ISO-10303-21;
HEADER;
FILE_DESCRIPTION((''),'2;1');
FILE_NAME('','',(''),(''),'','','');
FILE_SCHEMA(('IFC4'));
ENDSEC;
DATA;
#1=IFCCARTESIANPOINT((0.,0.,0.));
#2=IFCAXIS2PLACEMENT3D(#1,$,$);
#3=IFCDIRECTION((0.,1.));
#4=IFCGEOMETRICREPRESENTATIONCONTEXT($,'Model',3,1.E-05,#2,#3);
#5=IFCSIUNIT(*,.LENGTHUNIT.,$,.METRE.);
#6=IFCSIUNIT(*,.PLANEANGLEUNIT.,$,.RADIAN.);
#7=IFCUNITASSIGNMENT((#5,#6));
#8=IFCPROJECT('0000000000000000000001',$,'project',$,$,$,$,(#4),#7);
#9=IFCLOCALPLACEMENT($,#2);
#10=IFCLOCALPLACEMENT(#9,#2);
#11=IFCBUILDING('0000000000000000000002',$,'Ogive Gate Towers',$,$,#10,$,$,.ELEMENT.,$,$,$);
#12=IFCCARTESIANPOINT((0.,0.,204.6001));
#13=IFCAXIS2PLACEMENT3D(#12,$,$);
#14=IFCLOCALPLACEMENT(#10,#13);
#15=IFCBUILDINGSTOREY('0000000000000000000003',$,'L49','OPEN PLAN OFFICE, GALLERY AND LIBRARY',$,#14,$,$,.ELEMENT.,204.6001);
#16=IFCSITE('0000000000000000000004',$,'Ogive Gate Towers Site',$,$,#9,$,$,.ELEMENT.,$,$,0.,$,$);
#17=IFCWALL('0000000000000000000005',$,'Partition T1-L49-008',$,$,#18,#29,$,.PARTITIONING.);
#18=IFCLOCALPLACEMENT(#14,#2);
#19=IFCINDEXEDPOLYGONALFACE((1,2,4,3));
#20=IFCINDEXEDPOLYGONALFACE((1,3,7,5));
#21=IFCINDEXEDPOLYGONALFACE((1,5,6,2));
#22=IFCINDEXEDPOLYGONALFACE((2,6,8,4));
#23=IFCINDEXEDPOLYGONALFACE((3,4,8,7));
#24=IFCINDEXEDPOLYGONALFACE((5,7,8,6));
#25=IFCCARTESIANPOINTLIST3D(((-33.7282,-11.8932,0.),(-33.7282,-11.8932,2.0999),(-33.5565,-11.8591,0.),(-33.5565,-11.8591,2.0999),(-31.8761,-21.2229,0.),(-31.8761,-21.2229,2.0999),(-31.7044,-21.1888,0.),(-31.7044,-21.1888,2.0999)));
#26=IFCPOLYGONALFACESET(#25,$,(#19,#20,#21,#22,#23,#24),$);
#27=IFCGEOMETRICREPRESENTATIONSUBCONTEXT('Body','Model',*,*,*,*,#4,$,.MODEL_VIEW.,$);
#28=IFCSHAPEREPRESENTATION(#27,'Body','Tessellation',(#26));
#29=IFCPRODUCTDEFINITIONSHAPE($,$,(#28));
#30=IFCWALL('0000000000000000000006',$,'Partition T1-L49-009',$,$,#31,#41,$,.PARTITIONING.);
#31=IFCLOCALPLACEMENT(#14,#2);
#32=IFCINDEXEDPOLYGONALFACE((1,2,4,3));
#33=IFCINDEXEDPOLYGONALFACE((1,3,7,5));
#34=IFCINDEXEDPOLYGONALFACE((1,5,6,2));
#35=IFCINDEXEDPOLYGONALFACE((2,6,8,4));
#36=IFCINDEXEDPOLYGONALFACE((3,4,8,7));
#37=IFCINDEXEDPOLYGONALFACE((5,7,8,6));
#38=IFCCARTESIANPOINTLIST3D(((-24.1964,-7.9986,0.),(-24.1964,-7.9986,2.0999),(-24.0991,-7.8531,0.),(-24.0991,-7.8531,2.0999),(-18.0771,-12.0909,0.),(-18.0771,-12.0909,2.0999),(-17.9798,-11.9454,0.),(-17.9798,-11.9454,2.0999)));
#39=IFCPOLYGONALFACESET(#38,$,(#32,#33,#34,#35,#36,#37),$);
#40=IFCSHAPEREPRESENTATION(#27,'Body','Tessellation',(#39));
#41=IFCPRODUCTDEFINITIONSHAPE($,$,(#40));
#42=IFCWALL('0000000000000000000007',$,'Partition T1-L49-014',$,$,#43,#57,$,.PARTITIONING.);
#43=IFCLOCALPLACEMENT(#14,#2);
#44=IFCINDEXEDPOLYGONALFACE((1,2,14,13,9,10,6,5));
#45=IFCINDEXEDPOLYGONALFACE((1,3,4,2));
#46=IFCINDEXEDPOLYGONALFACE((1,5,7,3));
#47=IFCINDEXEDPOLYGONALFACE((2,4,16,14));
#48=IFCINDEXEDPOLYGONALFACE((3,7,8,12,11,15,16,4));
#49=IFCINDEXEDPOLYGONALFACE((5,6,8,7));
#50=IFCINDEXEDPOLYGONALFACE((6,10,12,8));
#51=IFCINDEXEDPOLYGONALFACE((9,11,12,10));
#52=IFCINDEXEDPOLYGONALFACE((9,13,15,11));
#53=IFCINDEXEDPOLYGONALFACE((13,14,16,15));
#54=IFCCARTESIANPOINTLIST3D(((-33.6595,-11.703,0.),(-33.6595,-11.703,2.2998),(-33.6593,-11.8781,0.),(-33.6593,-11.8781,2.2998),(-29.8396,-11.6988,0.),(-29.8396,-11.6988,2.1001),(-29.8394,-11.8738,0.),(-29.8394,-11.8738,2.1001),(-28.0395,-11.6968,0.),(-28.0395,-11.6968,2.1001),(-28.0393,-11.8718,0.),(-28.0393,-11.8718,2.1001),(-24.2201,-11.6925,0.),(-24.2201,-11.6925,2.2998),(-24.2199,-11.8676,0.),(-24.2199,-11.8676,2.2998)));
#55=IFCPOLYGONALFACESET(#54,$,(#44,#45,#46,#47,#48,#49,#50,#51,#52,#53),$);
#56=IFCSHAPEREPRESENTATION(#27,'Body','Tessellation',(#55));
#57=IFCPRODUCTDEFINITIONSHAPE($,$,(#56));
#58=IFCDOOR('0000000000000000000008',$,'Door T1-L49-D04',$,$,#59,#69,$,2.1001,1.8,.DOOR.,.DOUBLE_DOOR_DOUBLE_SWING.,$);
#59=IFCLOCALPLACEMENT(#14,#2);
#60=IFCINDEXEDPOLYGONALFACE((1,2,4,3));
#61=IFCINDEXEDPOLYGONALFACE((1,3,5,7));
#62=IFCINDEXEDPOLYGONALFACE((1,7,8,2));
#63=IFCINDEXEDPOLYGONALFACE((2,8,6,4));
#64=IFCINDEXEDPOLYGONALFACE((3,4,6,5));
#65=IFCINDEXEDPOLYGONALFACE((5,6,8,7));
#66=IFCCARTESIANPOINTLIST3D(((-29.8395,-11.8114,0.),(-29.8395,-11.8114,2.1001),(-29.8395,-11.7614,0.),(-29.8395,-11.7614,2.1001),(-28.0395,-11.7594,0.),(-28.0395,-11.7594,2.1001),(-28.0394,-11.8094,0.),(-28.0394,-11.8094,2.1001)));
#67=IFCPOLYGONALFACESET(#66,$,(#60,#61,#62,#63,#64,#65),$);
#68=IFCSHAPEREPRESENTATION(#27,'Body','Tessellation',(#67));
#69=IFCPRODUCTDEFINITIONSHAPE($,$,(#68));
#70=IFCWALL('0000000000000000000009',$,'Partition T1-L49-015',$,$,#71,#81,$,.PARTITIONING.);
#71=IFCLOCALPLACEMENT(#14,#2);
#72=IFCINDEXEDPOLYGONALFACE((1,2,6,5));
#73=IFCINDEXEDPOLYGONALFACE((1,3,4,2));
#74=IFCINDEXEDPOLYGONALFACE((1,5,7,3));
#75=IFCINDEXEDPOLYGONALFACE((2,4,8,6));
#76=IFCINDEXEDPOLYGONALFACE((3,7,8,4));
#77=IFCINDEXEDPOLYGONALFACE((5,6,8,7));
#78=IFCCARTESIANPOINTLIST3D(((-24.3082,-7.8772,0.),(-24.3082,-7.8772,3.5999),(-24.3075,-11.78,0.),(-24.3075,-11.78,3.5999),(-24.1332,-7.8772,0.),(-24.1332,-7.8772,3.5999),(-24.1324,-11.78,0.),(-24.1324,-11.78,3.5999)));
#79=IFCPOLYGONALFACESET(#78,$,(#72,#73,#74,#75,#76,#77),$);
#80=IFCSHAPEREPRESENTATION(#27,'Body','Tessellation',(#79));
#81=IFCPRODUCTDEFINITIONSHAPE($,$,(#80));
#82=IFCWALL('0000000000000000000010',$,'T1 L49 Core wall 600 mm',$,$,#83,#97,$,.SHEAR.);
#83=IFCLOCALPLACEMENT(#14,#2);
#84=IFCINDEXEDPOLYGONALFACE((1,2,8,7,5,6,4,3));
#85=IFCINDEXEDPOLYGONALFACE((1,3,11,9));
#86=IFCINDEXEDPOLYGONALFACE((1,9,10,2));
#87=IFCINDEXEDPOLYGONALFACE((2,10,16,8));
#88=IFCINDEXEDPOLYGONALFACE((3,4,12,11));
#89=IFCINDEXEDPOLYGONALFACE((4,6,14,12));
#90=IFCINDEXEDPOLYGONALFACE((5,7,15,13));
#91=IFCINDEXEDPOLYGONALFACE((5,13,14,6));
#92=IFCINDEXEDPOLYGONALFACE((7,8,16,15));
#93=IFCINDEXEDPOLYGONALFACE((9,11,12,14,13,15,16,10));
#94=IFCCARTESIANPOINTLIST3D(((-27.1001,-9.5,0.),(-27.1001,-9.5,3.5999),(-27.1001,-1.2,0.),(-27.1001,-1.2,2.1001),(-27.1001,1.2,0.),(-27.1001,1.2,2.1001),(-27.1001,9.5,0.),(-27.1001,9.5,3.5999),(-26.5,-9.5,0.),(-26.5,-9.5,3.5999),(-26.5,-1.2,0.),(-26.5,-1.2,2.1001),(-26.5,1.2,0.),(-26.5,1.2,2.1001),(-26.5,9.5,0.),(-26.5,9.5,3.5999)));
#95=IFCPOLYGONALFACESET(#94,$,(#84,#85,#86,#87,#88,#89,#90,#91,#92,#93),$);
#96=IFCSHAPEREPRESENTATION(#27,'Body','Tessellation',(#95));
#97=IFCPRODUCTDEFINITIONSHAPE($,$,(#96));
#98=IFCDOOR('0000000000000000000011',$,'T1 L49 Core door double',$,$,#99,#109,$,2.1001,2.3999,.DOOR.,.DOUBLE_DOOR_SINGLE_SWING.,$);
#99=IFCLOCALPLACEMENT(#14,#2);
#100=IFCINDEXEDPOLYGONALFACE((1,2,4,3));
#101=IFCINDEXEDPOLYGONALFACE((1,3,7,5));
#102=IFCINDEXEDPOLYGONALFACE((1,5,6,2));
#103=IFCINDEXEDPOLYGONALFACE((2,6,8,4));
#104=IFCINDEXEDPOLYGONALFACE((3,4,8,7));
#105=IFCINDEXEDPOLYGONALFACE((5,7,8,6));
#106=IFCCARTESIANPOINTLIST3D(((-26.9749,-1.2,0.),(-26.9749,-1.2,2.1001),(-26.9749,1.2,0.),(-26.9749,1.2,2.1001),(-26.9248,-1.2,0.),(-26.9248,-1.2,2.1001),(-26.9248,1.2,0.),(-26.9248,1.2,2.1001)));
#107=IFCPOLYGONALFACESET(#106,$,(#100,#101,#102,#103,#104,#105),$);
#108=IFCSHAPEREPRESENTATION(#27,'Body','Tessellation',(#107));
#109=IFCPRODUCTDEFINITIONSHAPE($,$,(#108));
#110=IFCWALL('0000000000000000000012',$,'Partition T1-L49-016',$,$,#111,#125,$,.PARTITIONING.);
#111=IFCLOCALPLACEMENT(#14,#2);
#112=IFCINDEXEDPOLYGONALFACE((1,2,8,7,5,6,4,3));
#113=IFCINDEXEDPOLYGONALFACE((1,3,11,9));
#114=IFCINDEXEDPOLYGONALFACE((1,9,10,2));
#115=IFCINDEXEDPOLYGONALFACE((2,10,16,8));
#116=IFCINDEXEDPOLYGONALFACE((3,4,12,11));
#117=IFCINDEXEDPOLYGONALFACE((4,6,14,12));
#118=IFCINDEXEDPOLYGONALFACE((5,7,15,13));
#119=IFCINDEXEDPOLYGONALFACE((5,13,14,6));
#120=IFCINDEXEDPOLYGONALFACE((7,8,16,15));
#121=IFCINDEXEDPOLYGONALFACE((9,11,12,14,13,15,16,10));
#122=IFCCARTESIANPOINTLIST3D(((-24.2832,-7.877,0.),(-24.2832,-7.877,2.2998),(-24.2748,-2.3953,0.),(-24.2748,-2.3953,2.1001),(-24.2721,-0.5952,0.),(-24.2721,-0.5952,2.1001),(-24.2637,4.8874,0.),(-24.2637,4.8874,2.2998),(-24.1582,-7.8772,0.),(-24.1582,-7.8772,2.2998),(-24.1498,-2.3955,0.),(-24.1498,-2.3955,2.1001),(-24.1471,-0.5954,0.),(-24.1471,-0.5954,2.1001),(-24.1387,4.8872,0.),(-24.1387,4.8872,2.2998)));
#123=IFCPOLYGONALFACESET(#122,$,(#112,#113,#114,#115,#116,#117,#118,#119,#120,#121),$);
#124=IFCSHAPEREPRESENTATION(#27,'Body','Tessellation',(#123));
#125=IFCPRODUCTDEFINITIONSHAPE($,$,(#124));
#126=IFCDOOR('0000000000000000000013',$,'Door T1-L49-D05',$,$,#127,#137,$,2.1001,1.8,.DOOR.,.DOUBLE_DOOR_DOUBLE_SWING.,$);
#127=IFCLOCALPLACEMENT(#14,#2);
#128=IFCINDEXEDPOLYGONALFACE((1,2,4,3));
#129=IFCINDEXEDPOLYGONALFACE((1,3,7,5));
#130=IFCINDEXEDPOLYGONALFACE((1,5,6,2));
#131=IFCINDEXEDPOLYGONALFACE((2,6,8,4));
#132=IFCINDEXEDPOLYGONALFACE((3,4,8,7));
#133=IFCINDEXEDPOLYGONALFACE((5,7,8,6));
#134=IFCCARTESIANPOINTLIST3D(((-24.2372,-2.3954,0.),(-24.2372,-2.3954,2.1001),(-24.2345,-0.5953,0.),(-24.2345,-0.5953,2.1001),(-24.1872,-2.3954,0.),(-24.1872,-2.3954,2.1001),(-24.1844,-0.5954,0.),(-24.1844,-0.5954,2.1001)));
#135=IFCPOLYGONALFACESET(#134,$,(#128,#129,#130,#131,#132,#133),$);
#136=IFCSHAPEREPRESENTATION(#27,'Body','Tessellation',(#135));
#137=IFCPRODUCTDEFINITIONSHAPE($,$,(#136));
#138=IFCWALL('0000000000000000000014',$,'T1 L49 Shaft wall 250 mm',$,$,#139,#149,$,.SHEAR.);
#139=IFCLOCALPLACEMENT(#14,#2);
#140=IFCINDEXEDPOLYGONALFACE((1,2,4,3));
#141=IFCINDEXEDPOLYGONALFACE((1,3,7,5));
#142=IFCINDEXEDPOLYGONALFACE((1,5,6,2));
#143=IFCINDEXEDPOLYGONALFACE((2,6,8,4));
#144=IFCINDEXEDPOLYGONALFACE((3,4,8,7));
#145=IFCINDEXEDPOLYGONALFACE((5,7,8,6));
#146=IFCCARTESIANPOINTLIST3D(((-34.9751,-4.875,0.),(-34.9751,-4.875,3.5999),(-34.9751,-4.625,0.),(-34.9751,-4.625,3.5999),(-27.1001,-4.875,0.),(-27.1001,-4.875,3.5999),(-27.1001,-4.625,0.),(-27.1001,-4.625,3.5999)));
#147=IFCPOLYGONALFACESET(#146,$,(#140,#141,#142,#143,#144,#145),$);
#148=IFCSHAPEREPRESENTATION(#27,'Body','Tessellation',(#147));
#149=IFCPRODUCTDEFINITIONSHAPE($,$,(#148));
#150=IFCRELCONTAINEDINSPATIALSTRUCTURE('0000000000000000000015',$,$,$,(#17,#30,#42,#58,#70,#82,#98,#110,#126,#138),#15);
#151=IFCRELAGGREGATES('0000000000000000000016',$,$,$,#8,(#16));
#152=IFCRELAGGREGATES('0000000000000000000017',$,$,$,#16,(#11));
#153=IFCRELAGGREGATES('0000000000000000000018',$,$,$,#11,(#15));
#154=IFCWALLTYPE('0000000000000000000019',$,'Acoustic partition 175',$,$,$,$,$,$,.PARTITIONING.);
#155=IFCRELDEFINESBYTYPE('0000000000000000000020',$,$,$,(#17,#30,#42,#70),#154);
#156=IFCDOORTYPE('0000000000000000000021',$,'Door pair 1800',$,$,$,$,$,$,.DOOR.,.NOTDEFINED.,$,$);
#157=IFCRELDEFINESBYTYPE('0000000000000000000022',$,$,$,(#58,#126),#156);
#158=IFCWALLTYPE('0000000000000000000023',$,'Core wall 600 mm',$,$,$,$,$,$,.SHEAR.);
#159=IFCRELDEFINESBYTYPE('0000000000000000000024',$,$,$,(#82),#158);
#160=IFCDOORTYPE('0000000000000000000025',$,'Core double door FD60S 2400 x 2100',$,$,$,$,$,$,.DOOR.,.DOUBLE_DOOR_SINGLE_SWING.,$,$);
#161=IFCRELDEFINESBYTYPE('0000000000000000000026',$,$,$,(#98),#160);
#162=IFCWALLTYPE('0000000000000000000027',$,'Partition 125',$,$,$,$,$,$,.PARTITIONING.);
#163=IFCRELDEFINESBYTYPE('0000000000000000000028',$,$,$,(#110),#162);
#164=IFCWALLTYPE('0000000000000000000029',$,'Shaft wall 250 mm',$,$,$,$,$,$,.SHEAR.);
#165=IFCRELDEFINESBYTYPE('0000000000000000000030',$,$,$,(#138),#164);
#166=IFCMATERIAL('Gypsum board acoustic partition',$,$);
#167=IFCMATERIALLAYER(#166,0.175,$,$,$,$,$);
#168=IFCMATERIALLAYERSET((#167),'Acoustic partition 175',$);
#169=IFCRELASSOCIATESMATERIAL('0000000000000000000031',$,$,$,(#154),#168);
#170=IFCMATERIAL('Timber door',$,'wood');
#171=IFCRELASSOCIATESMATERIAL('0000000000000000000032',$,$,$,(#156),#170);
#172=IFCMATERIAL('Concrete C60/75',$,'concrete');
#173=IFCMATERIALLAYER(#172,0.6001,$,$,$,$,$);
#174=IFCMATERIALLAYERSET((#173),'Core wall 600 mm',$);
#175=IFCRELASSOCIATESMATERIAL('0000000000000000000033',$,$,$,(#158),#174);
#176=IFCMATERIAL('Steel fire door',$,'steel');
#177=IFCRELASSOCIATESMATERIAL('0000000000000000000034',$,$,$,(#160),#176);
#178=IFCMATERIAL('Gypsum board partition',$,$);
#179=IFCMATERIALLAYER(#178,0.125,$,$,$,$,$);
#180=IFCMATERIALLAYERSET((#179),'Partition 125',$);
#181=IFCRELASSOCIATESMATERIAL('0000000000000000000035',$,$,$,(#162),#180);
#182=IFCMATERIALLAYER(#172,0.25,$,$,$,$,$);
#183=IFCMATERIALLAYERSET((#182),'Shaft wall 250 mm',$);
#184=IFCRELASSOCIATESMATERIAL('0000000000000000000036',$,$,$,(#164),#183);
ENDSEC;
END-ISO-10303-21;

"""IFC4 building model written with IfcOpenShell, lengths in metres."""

from ifc_helpers import new_model, si_unit, direction, frame, frame_2d, origin, place, context, subcontext, project, spatial, rectangle, extrude, material, layer, layer_set, type_object, element, fill, save


model = new_model("IFC4")

# Units and contexts
model_context = context("Model", 3, precision=1e-05, world=origin(), true_north=direction((0.0, 1.0)))
body_context = subcontext(model_context, "Body", "Model", "MODEL_VIEW")
ifc_project = project(units=[si_unit("LENGTHUNIT", "METRE"), si_unit("PLANEANGLEUNIT", "RADIAN")], contexts=[model_context])

# Site, building, storey
site_placement = place(None, origin())
site = spatial("IfcSite", under=ifc_project, at=site_placement, Name="Ogive Gate Towers Site", CompositionType="ELEMENT", RefElevation=0.0)
building_placement = place(site_placement, origin())
building = spatial("IfcBuilding", under=site, at=building_placement, Name="Ogive Gate Towers", CompositionType="ELEMENT")
storey_placement = place(building_placement, frame((0.0, 0.0, 204.6001)))
storey = spatial("IfcBuildingStorey", under=building, at=storey_placement, Name="L49", Description="OPEN PLAN OFFICE, GALLERY AND LIBRARY", CompositionType="ELEMENT", Elevation=204.6001)

# Walls
ifc_material_1 = material(Name="Gypsum board acoustic partition")
ifc_layer_1 = layer(ifc_material_1, 0.175)
ifc_layer_set_1 = layer_set([ifc_layer_1], Name="Acoustic partition 175")
wall_type_1 = type_object("IfcWallType", Name="Acoustic partition 175", PredefinedType="PARTITIONING", material=ifc_layer_set_1)
wall_1_placement = place(storey_placement, frame((-31.7903, -21.2058, 0.0), z_axis=(0.0, 0.0, 1.0), x_axis=(-0.194714, 0.98086, 0.0)))
element("IfcWall", 1, at=wall_1_placement, inside=storey, type_object=wall_type_1, Name="Partition T1-L49-008", PredefinedType="PARTITIONING", context=body_context, shape_type="SweptSolid", body=[
    extrude(rectangle(XDim=9.5117, YDim=0.175, at=frame_2d((4.7559, 0.0))), origin(), (0.0, 0.0, 1.0), 2.0999),
])
wall_2_placement = place(storey_placement, frame((-18.0286, -12.0181, 0.0), z_axis=(0.0, 0.0, 1.0), x_axis=(-0.831254, 0.555894, 0.0)))
element("IfcWall", 2, at=wall_2_placement, inside=storey, type_object=wall_type_1, Name="Partition T1-L49-009", PredefinedType="PARTITIONING", context=body_context, shape_type="SweptSolid", body=[
    extrude(rectangle(XDim=7.3616, YDim=0.175, at=frame_2d((3.6807, 0.0))), origin(), (0.0, 0.0, 1.0), 2.0999),
])

# Wall, opening, door
wall_3_placement = place(storey_placement, frame((-33.6594, -11.7905, 0.0), z_axis=(0.0, 0.0, 1.0), x_axis=(0.999999, 0.001112, 0.0)))
wall_3 = element("IfcWall", 3, at=wall_3_placement, inside=storey, type_object=wall_type_1, Name="Partition T1-L49-014", PredefinedType="PARTITIONING", context=body_context, shape_type="SweptSolid", body=[
    extrude(rectangle(XDim=9.4395, YDim=0.175, at=frame_2d((4.7197, 0.0))), origin(), (0.0, 0.0, 1.0), 2.2998),
])
opening_1_placement = place(wall_3_placement, frame((3.8201, 0.0, 0.0)))
opening_1 = element("IfcOpeningElement", 4, at=opening_1_placement, cuts=wall_3, PredefinedType="OPENING", context=body_context, shape_type="SweptSolid", body=[
    extrude(rectangle(XDim=1.8, YDim=2.1001, at=frame_2d((0.8999, 1.05))), frame((0.0, 0.0977, 0.0), z_axis=(0.0, -1.0, 0.0), x_axis=(1.0, 0.0, 0.0)), (0.0, 0.0, 1.0), 0.1951),
])
ifc_material_2 = material(Name="Timber door", Category="wood")
door_type_1 = type_object("IfcDoorType", Name="Door pair 1800", OperationType="NOTDEFINED", PredefinedType="DOOR", material=ifc_material_2)
door_1_placement = place(opening_1_placement, origin())
door_1 = element("IfcDoor", 5, at=door_1_placement, inside=storey, type_object=door_type_1, Name="Door T1-L49-D04", OperationType="DOUBLE_DOOR_DOUBLE_SWING", OverallHeight=2.1001, OverallWidth=1.8, PredefinedType="DOOR", context=body_context, shape_type="SweptSolid", body=[
    extrude(rectangle(XDim=1.8, YDim=2.1001, at=frame_2d((0.8999, 1.05))), frame((0.0, 0.0249, 0.0), z_axis=(0.0, -1.0, 0.0), x_axis=(1.0, 0.0, 0.0)), (0.0, 0.0, 1.0), 0.05),
])
fill(opening_1, door_1)

# Wall
wall_4_placement = place(storey_placement, frame((-24.22, -11.78, 0.0), z_axis=(0.0, 0.0, 1.0), x_axis=(-0.000188, 1.0, 0.0)))
element("IfcWall", 6, at=wall_4_placement, inside=storey, type_object=wall_type_1, Name="Partition T1-L49-015", PredefinedType="PARTITIONING", context=body_context, shape_type="SweptSolid", body=[
    extrude(rectangle(XDim=3.9028, YDim=0.175, at=frame_2d((1.9514, 0.0))), origin(), (0.0, 0.0, 1.0), 3.5999),
])

# Walls, openings, doors
ifc_material_3 = material(Name="Concrete C60/75", Category="concrete")
ifc_layer_2 = layer(ifc_material_3, 0.6001)
ifc_layer_set_2 = layer_set([ifc_layer_2], Name="Core wall 600 mm")
wall_type_2 = type_object("IfcWallType", Name="Core wall 600 mm", PredefinedType="SHEAR", material=ifc_layer_set_2)
wall_5_placement = place(storey_placement, frame((-26.8, -9.5, 0.0), z_axis=(0.0, 0.0, 1.0), x_axis=(0.0, 1.0, 0.0)))
wall_5 = element("IfcWall", 7, at=wall_5_placement, inside=storey, type_object=wall_type_2, Name="T1 L49 Core wall 600 mm", PredefinedType="SHEAR", context=body_context, shape_type="SweptSolid", body=[
    extrude(rectangle(XDim=19.0, YDim=0.6001, at=frame_2d((9.5, 0.0))), origin(), (0.0, 0.0, 1.0), 3.5999),
])
opening_2_placement = place(wall_5_placement, frame((8.3, 0.0, 0.0)))
opening_2 = element("IfcOpeningElement", 8, at=opening_2_placement, cuts=wall_5, PredefinedType="OPENING", context=body_context, shape_type="SweptSolid", body=[
    extrude(rectangle(XDim=2.3999, YDim=2.1001, at=frame_2d((1.2, 1.05))), frame((0.0, 0.3101, 0.0), z_axis=(0.0, -1.0, 0.0), x_axis=(1.0, 0.0, 0.0)), (0.0, 0.0, 1.0), 0.6201),
])
ifc_material_4 = material(Name="Steel fire door", Category="steel")
door_type_2 = type_object("IfcDoorType", Name="Core double door FD60S 2400 x 2100", OperationType="DOUBLE_DOOR_SINGLE_SWING", PredefinedType="DOOR", material=ifc_material_4)
door_2_placement = place(opening_2_placement, origin())
door_2 = element("IfcDoor", 9, at=door_2_placement, inside=storey, type_object=door_type_2, Name="T1 L49 Core door double", OperationType="DOUBLE_DOOR_SINGLE_SWING", OverallHeight=2.1001, OverallWidth=2.3999, PredefinedType="DOOR", context=body_context, shape_type="SweptSolid", body=[
    extrude(rectangle(XDim=2.3999, YDim=2.1001, at=frame_2d((1.2, 1.05))), frame((0.0, 0.1748, 0.0), z_axis=(0.0, -1.0, 0.0), x_axis=(1.0, 0.0, 0.0)), (0.0, 0.0, 1.0), 0.05),
])
fill(opening_2, door_2)
ifc_material_5 = material(Name="Gypsum board partition")
ifc_layer_3 = layer(ifc_material_5, 0.125)
ifc_layer_set_3 = layer_set([ifc_layer_3], Name="Partition 125")
wall_type_3 = type_object("IfcWallType", Name="Partition 125", PredefinedType="PARTITIONING", material=ifc_layer_set_3)
wall_6_placement = place(storey_placement, frame((-24.2207, -7.8772, 0.0), z_axis=(0.0, 0.0, 1.0), x_axis=(0.00153, 0.999999, 0.0)))
wall_6 = element("IfcWall", 10, at=wall_6_placement, inside=storey, type_object=wall_type_3, Name="Partition T1-L49-016", PredefinedType="PARTITIONING", context=body_context, shape_type="SweptSolid", body=[
    extrude(rectangle(XDim=12.7644, YDim=0.125, at=frame_2d((6.3823, 0.0))), origin(), (0.0, 0.0, 1.0), 2.2998),
])
opening_3_placement = place(wall_6_placement, frame((5.4819, 0.0, 0.0)))
opening_3 = element("IfcOpeningElement", 11, at=opening_3_placement, cuts=wall_6, PredefinedType="OPENING", context=body_context, shape_type="SweptSolid", body=[
    extrude(rectangle(XDim=1.8, YDim=2.1001, at=frame_2d((0.8999, 1.05))), frame((0.0, 0.0725, 0.0), z_axis=(0.0, -1.0, 0.0), x_axis=(1.0, 0.0, 0.0)), (0.0, 0.0, 1.0), 0.145),
])
door_3_placement = place(opening_3_placement, origin())
door_3 = element("IfcDoor", 12, at=door_3_placement, inside=storey, type_object=door_type_1, Name="Door T1-L49-D05", OperationType="DOUBLE_DOOR_DOUBLE_SWING", OverallHeight=2.1001, OverallWidth=1.8, PredefinedType="DOOR", context=body_context, shape_type="SweptSolid", body=[
    extrude(rectangle(XDim=1.8, YDim=2.1001, at=frame_2d((0.8999, 1.05))), frame((0.0, 0.0249, 0.0), z_axis=(0.0, -1.0, 0.0), x_axis=(1.0, 0.0, 0.0)), (0.0, 0.0, 1.0), 0.05),
])
fill(opening_3, door_3)

# Wall
ifc_layer_4 = layer(ifc_material_3, 0.25)
ifc_layer_set_4 = layer_set([ifc_layer_4], Name="Shaft wall 250 mm")
wall_type_4 = type_object("IfcWallType", Name="Shaft wall 250 mm", PredefinedType="SHEAR", material=ifc_layer_set_4)
wall_7_placement = place(storey_placement, frame((-34.9751, -4.75, 0.0), z_axis=(0.0, 0.0, 1.0), x_axis=(1.0, 0.0, 0.0)))
element("IfcWall", 13, at=wall_7_placement, inside=storey, type_object=wall_type_4, Name="T1 L49 Shaft wall 250 mm", PredefinedType="SHEAR", context=body_context, shape_type="SweptSolid", body=[
    extrude(rectangle(XDim=7.875, YDim=0.25, at=frame_2d((3.9375, 0.0))), origin(), (0.0, 0.0, 1.0), 3.5999),
])

save(model, "model.ifc")
